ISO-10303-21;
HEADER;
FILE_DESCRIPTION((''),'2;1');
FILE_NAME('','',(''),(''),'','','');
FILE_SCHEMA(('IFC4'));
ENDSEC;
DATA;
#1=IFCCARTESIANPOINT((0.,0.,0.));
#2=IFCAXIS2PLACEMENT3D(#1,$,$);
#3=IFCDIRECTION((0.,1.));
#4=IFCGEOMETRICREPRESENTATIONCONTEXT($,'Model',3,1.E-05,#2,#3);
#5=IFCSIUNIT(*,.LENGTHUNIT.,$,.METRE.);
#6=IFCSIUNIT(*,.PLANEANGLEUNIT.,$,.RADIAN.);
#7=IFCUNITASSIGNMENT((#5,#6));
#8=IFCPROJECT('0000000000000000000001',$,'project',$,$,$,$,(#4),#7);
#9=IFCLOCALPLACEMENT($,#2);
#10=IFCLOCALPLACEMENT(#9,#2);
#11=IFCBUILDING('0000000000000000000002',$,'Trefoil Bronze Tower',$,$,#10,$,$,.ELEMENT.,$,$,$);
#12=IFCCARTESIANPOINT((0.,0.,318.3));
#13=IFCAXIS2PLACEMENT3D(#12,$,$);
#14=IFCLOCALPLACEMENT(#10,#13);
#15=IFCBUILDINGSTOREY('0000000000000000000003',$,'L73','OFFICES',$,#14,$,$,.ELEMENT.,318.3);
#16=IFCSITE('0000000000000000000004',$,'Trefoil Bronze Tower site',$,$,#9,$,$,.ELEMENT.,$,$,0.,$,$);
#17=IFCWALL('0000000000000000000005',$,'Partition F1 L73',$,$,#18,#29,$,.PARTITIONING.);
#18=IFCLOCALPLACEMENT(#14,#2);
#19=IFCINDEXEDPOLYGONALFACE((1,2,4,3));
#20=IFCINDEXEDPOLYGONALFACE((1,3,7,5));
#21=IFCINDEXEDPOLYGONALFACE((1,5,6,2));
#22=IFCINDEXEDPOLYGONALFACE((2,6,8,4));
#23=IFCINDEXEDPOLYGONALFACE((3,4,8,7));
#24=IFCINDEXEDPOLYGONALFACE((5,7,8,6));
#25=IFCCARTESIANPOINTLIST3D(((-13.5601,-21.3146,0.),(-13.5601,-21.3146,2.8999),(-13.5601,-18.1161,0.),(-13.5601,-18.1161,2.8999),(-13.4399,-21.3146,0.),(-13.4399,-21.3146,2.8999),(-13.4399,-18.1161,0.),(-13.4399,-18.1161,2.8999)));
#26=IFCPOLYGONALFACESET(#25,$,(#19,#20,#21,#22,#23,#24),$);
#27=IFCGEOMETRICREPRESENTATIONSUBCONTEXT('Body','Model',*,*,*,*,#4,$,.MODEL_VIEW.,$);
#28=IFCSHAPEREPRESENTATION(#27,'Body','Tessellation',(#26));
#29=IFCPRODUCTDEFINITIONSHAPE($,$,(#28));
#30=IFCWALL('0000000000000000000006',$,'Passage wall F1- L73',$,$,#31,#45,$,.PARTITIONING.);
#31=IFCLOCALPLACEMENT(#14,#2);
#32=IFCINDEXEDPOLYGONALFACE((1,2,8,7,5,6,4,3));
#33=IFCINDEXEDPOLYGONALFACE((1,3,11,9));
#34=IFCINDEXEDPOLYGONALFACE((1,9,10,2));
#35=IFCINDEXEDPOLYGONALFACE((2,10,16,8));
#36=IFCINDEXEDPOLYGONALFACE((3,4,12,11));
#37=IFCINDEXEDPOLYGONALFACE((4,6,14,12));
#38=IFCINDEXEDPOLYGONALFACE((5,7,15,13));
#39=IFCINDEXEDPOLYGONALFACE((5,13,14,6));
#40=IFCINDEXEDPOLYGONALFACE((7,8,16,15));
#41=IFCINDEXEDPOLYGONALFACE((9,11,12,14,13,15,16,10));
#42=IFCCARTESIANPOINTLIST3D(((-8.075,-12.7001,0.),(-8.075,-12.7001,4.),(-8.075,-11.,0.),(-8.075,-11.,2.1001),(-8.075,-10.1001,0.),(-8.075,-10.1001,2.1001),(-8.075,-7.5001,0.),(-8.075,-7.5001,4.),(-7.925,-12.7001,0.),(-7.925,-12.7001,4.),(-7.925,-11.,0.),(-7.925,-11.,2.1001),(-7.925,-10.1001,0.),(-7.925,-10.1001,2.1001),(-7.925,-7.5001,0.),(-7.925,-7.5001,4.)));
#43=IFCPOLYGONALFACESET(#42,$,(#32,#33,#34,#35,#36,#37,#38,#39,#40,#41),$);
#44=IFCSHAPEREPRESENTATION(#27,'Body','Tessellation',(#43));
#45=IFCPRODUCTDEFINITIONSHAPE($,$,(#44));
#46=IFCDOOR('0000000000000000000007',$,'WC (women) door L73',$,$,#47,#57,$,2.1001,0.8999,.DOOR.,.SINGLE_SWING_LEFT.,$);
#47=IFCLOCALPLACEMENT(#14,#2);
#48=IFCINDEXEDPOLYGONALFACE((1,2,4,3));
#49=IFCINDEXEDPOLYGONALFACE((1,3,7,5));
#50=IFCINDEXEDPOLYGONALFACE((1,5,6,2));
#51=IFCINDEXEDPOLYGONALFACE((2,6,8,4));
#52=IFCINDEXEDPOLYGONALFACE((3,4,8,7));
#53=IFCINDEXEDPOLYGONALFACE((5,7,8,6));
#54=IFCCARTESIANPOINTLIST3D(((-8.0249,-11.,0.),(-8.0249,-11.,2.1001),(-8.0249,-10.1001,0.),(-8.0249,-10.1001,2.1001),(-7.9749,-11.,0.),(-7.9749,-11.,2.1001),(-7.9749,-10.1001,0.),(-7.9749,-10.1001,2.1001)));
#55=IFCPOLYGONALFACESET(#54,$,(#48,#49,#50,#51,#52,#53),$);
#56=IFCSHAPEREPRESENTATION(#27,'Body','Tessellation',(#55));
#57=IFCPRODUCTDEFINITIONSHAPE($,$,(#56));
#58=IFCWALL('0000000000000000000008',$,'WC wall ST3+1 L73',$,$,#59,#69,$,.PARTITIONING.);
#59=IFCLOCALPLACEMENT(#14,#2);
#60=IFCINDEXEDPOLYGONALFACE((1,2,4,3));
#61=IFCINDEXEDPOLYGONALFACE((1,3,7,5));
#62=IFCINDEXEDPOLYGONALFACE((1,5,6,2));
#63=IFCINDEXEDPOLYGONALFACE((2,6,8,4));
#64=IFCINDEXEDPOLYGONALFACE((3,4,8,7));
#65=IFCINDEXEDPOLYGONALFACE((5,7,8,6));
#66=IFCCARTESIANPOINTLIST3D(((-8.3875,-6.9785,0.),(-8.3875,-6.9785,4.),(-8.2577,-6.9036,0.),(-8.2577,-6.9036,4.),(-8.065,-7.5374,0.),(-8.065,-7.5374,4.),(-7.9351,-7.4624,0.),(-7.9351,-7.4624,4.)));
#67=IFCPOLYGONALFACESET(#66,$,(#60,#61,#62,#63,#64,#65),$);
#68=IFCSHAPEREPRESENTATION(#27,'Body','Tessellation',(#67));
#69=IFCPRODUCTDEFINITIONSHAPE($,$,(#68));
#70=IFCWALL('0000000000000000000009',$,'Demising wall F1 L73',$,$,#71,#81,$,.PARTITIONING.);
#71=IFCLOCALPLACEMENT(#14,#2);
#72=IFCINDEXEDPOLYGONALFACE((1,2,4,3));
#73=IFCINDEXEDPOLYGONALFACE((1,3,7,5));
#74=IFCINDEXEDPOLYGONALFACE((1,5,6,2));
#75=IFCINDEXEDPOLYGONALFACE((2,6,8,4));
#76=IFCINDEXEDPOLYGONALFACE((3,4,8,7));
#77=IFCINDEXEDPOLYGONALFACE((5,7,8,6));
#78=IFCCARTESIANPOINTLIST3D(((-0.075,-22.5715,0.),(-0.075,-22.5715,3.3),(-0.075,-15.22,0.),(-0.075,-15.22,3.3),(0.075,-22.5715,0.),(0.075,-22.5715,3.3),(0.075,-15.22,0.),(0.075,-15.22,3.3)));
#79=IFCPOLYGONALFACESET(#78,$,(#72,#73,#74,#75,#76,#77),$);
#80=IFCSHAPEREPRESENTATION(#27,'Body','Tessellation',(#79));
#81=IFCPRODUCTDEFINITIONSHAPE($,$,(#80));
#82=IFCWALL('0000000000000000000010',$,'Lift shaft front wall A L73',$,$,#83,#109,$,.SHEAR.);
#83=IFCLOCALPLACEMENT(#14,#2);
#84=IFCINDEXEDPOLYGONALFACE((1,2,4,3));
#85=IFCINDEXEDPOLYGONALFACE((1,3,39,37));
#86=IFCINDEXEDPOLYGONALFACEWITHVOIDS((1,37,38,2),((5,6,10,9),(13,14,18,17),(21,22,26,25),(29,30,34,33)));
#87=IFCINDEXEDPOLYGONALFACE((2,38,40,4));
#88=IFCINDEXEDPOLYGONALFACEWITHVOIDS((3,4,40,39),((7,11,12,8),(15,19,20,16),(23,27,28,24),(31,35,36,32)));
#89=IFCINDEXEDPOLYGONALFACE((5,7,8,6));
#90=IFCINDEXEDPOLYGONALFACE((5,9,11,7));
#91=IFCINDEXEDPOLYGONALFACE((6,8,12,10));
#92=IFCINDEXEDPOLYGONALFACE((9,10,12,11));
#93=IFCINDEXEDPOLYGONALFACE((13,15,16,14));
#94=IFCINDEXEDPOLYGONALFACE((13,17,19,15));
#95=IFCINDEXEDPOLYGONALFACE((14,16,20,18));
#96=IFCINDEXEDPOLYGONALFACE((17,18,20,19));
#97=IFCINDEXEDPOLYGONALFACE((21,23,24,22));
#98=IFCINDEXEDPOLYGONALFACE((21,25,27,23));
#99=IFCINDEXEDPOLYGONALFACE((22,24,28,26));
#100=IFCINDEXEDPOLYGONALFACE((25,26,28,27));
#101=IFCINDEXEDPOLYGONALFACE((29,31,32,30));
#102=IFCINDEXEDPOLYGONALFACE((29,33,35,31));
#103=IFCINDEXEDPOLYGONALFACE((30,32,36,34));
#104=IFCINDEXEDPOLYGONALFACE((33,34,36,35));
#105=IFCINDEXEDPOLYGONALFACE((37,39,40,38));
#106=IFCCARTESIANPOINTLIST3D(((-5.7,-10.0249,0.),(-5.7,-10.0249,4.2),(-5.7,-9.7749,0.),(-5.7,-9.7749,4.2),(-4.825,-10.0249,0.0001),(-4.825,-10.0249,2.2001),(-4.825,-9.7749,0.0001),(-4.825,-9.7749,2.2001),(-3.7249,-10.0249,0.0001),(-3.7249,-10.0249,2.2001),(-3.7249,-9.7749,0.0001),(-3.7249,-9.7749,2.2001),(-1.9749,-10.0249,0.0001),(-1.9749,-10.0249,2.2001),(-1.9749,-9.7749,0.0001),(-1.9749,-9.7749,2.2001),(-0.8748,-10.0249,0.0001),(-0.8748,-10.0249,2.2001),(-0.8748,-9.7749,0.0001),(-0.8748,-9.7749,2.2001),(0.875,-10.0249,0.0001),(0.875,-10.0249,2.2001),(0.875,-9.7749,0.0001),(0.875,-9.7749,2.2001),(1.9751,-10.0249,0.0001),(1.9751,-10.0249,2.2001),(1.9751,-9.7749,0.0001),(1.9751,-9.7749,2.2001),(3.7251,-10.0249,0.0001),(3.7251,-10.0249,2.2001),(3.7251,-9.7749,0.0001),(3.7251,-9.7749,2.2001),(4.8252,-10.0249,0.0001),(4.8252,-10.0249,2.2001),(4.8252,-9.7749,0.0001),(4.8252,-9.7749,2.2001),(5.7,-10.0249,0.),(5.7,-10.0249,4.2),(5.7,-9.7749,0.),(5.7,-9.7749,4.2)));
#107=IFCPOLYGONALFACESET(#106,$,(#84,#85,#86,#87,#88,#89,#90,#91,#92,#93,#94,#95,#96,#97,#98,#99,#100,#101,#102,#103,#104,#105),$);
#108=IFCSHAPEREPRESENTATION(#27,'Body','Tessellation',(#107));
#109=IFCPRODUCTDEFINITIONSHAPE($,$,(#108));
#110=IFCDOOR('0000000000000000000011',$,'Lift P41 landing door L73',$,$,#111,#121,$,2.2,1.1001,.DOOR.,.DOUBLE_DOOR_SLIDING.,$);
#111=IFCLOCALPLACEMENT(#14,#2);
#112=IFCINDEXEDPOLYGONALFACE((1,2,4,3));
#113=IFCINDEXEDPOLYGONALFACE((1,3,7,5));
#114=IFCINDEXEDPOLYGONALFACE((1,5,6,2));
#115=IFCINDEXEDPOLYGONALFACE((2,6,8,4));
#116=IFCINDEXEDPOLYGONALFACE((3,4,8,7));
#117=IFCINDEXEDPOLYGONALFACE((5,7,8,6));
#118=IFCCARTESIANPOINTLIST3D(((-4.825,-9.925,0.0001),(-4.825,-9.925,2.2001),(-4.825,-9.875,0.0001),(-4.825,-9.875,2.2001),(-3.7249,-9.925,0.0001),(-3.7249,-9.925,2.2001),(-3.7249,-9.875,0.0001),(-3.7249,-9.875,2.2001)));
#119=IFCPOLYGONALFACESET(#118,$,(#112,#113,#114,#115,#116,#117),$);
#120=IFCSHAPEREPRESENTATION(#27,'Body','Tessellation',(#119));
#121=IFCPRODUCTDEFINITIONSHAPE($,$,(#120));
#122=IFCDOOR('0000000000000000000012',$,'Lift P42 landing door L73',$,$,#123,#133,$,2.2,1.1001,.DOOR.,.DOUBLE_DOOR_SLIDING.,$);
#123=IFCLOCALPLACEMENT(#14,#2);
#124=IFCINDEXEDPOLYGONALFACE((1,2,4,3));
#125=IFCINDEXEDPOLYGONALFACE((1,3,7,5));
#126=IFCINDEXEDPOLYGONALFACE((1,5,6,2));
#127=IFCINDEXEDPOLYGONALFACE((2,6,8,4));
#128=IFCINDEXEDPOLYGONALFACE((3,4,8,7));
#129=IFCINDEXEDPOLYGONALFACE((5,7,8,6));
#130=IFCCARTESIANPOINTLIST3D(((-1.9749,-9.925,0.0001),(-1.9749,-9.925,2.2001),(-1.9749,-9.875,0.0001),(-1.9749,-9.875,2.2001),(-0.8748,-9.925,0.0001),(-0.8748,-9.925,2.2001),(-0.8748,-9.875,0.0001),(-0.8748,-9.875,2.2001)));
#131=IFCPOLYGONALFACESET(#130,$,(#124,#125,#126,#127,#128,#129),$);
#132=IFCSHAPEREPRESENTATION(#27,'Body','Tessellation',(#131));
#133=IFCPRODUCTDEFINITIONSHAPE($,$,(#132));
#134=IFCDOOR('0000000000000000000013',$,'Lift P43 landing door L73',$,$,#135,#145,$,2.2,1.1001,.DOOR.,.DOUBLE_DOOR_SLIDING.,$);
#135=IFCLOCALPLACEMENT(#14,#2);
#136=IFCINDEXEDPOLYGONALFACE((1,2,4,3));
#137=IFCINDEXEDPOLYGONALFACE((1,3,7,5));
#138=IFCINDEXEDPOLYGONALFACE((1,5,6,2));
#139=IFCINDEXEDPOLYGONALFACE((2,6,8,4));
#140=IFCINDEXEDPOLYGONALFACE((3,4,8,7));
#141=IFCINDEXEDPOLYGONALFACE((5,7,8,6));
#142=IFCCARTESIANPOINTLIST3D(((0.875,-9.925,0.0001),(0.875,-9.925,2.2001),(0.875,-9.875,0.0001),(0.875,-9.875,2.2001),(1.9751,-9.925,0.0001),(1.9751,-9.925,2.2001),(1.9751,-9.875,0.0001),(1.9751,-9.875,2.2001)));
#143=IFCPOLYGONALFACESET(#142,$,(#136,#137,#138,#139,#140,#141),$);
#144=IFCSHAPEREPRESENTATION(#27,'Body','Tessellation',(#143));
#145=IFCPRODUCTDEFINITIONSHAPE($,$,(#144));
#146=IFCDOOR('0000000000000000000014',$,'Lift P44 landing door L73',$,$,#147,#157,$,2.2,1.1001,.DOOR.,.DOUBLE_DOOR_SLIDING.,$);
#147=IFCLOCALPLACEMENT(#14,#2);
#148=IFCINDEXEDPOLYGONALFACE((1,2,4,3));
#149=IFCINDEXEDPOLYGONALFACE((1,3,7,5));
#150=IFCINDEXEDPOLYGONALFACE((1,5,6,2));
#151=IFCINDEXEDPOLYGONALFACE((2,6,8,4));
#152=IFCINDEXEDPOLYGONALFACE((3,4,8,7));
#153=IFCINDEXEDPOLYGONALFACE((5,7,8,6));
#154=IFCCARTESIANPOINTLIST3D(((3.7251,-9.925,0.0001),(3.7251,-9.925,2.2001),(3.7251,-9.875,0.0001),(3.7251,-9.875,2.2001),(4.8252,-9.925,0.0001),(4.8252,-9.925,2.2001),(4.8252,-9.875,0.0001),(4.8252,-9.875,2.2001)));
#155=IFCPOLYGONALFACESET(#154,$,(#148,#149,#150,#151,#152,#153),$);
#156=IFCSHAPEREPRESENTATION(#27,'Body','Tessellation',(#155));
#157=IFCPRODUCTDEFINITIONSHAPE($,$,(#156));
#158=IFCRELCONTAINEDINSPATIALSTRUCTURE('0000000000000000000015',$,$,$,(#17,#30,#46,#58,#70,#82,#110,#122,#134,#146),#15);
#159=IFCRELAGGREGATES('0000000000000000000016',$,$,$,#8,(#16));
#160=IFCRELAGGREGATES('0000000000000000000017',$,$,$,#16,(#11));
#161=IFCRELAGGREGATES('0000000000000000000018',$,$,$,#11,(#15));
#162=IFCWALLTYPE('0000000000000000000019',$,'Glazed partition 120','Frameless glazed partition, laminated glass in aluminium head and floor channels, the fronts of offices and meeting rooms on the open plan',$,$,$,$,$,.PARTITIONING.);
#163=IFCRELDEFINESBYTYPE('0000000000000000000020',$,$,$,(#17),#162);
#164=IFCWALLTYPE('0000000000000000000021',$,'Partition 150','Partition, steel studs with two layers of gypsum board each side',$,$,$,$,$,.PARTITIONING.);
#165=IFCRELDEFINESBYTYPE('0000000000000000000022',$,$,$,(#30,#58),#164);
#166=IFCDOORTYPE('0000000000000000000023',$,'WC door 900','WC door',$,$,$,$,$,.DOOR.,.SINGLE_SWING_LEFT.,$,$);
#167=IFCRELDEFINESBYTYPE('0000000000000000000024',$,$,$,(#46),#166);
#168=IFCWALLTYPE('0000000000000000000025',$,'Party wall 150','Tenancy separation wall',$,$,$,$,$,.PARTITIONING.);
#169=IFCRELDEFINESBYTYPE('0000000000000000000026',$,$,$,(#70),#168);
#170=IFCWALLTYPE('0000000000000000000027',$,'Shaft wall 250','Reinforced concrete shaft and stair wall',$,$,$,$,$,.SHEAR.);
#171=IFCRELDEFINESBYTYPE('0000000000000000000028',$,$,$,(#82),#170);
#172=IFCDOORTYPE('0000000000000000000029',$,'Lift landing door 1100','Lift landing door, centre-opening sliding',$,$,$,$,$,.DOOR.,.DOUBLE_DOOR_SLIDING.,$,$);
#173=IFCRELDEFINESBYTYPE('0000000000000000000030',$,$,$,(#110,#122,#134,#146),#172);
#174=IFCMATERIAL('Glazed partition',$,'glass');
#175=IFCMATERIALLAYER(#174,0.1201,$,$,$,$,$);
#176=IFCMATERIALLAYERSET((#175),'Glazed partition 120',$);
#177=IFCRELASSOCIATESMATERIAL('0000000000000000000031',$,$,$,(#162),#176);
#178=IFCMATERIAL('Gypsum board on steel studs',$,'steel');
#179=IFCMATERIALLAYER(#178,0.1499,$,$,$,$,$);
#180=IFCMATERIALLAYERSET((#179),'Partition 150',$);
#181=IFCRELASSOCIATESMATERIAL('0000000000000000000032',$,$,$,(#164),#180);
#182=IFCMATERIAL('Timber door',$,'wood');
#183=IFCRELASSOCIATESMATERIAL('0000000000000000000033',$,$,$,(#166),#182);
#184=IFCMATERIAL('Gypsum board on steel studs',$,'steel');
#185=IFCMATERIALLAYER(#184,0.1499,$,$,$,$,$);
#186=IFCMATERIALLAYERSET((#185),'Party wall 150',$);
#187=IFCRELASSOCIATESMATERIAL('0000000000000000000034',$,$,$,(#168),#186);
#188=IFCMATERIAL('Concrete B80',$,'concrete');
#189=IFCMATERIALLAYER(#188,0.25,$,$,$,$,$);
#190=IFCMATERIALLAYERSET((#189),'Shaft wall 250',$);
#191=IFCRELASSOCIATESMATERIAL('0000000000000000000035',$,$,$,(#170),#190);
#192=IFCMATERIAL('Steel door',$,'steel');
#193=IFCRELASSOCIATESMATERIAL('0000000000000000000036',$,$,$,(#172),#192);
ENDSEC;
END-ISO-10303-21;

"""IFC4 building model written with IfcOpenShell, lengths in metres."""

from ifc_helpers import new_model, si_unit, direction, frame, frame_2d, origin, place, context, subcontext, project, spatial, rectangle, extrude, material, layer, layer_set, type_object, element, fill, save


model = new_model("IFC4")

# Units and contexts
model_context = context("Model", 3, precision=1e-05, world=origin(), true_north=direction((0.0, 1.0)))
body_context = subcontext(model_context, "Body", "Model", "MODEL_VIEW")
ifc_project = project(units=[si_unit("LENGTHUNIT", "METRE"), si_unit("PLANEANGLEUNIT", "RADIAN")], contexts=[model_context])

# Site, building, storey
site_placement = place(None, origin())
site = spatial("IfcSite", under=ifc_project, at=site_placement, Name="Trefoil Bronze Tower site", CompositionType="ELEMENT", RefElevation=0.0)
building_placement = place(site_placement, origin())
building = spatial("IfcBuilding", under=site, at=building_placement, Name="Trefoil Bronze Tower", CompositionType="ELEMENT")
storey_placement = place(building_placement, frame((0.0, 0.0, 318.3)))
storey = spatial("IfcBuildingStorey", under=building, at=storey_placement, Name="L73", Description="OFFICES", CompositionType="ELEMENT", Elevation=318.3)

# Wall
ifc_material_1 = material(Name="Glazed partition", Category="glass")
ifc_layer_1 = layer(ifc_material_1, 0.1201)
ifc_layer_set_1 = layer_set([ifc_layer_1], Name="Glazed partition 120")
wall_type_1 = type_object("IfcWallType", Name="Glazed partition 120", Description="Frameless glazed partition, laminated glass in aluminium head and floor channels, the fronts of offices and meeting rooms on the open plan", PredefinedType="PARTITIONING", material=ifc_layer_set_1)
wall_1_placement = place(storey_placement, frame((-13.5, -18.1162, 0.0), z_axis=(0.0, 0.0, 1.0), x_axis=(0.0, -1.0, 0.0)))
element("IfcWall", 1, at=wall_1_placement, inside=storey, type_object=wall_type_1, Name="Partition F1 L73", PredefinedType="PARTITIONING", context=body_context, shape_type="SweptSolid", body=[
    extrude(rectangle(XDim=3.1985, YDim=0.1201, at=frame_2d((1.5991, 0.0))), origin(), (0.0, 0.0, 1.0), 2.8999),
])

# Wall, opening, door
ifc_material_2 = material(Name="Gypsum board on steel studs", Category="steel")
ifc_layer_2 = layer(ifc_material_2, 0.1499)
ifc_layer_set_2 = layer_set([ifc_layer_2], Name="Partition 150")
wall_type_2 = type_object("IfcWallType", Name="Partition 150", Description="Partition, steel studs with two layers of gypsum board each side", PredefinedType="PARTITIONING", material=ifc_layer_set_2)
wall_2_placement = place(storey_placement, frame((-8.0, -7.5, 0.0), z_axis=(0.0, 0.0, 1.0), x_axis=(0.0, -1.0, 0.0)))
wall_2 = element("IfcWall", 2, at=wall_2_placement, inside=storey, type_object=wall_type_2, Name="Passage wall F1- L73", PredefinedType="PARTITIONING", context=body_context, shape_type="SweptSolid", body=[
    extrude(rectangle(XDim=5.2, YDim=0.1499, at=frame_2d((2.6001, 0.0))), origin(), (0.0, 0.0, 1.0), 4.0),
])
opening_1_placement = place(wall_2_placement, frame((2.6001, 0.0, 0.0)))
opening_1 = element("IfcOpeningElement", 3, at=opening_1_placement, cuts=wall_2, PredefinedType="OPENING", context=body_context, shape_type="SweptSolid", body=[
    extrude(rectangle(XDim=0.8999, YDim=2.1001, at=frame_2d((0.45, 1.05))), frame((0.0, 0.085, 0.0), z_axis=(0.0, -1.0, 0.0), x_axis=(1.0, 0.0, 0.0)), (0.0, 0.0, 1.0), 0.1699),
])
ifc_material_3 = material(Name="Timber door", Category="wood")
door_type_1 = type_object("IfcDoorType", Name="WC door 900", Description="WC door", OperationType="SINGLE_SWING_LEFT", PredefinedType="DOOR", material=ifc_material_3)
door_1_placement = place(opening_1_placement, frame((0.8999, 0.0, 0.0), z_axis=(0.0, 0.0, 1.0), x_axis=(-1.0, 0.0, 0.0)))
door_1 = element("IfcDoor", 4, at=door_1_placement, inside=storey, type_object=door_type_1, Name="WC (women) door L73", OperationType="SINGLE_SWING_LEFT", OverallHeight=2.1001, OverallWidth=0.8999, PredefinedType="DOOR", context=body_context, shape_type="SweptSolid", body=[
    extrude(rectangle(XDim=0.8999, YDim=2.1001, at=frame_2d((0.45, 1.05))), frame((0.0, 0.0249, 0.0), z_axis=(0.0, -1.0, 0.0), x_axis=(1.0, 0.0, 0.0)), (0.0, 0.0, 1.0), 0.05),
])
fill(opening_1, door_1)

# Walls
wall_3_placement = place(storey_placement, frame((-8.0, -7.5, 0.0), z_axis=(0.0, 0.0, 1.0), x_axis=(-0.499843, 0.866116, 0.0)))
element("IfcWall", 5, at=wall_3_placement, inside=storey, type_object=wall_type_2, Name="WC wall ST3+1 L73", PredefinedType="PARTITIONING", context=body_context, shape_type="SweptSolid", body=[
    extrude(rectangle(XDim=0.6453, YDim=0.1499, at=frame_2d((0.3228, 0.0))), origin(), (0.0, 0.0, 1.0), 4.0),
])
ifc_material_4 = material(Name="Gypsum board on steel studs", Category="steel")
ifc_layer_3 = layer(ifc_material_4, 0.1499)
ifc_layer_set_3 = layer_set([ifc_layer_3], Name="Party wall 150")
wall_type_3 = type_object("IfcWallType", Name="Party wall 150", Description="Tenancy separation wall", PredefinedType="PARTITIONING", material=ifc_layer_set_3)
wall_4_placement = place(storey_placement, frame((0.0, -15.22, 0.0), z_axis=(0.0, 0.0, 1.0), x_axis=(0.0, -1.0, 0.0)))
element("IfcWall", 6, at=wall_4_placement, inside=storey, type_object=wall_type_3, Name="Demising wall F1 L73", PredefinedType="PARTITIONING", context=body_context, shape_type="SweptSolid", body=[
    extrude(rectangle(XDim=7.3516, YDim=0.1499, at=frame_2d((3.6758, 0.0))), origin(), (0.0, 0.0, 1.0), 3.3),
])

# Wall, openings, doors
ifc_material_5 = material(Name="Concrete B80", Category="concrete")
ifc_layer_4 = layer(ifc_material_5, 0.25)
ifc_layer_set_4 = layer_set([ifc_layer_4], Name="Shaft wall 250")
wall_type_4 = type_object("IfcWallType", Name="Shaft wall 250", Description="Reinforced concrete shaft and stair wall", PredefinedType="SHEAR", material=ifc_layer_set_4)
wall_5_placement = place(storey_placement, frame((-5.7, -9.8999, 0.0), z_axis=(0.0, 0.0, 1.0), x_axis=(1.0, 0.0, 0.0)))
wall_5 = element("IfcWall", 7, at=wall_5_placement, inside=storey, type_object=wall_type_4, Name="Lift shaft front wall A L73", PredefinedType="SHEAR", context=body_context, shape_type="SweptSolid", body=[
    extrude(rectangle(XDim=11.3999, YDim=0.25, at=frame_2d((5.7, 0.0))), origin(), (0.0, 0.0, 1.0), 4.2),
])
opening_2_placement = place(wall_5_placement, frame((0.875, 0.0, 0.0)))
opening_2 = element("IfcOpeningElement", 8, at=opening_2_placement, cuts=wall_5, PredefinedType="OPENING", context=body_context, shape_type="SweptSolid", body=[
    extrude(rectangle(XDim=1.1001, YDim=2.2, at=frame_2d((0.55, 1.1001))), frame((0.0, 0.135, 0.0), z_axis=(0.0, -1.0, 0.0), x_axis=(1.0, 0.0, 0.0)), (0.0, 0.0, 1.0), 0.27),
])
opening_3_placement = place(wall_5_placement, frame((3.7251, 0.0, 0.0)))
opening_3 = element("IfcOpeningElement", 9, at=opening_3_placement, cuts=wall_5, PredefinedType="OPENING", context=body_context, shape_type="SweptSolid", body=[
    extrude(rectangle(XDim=1.1001, YDim=2.2, at=frame_2d((0.55, 1.1001))), frame((0.0, 0.135, 0.0), z_axis=(0.0, -1.0, 0.0), x_axis=(1.0, 0.0, 0.0)), (0.0, 0.0, 1.0), 0.27),
])
opening_4_placement = place(wall_5_placement, frame((6.575, 0.0, 0.0)))
opening_4 = element("IfcOpeningElement", 10, at=opening_4_placement, cuts=wall_5, PredefinedType="OPENING", context=body_context, shape_type="SweptSolid", body=[
    extrude(rectangle(XDim=1.1001, YDim=2.2, at=frame_2d((0.55, 1.1001))), frame((0.0, 0.135, 0.0), z_axis=(0.0, -1.0, 0.0), x_axis=(1.0, 0.0, 0.0)), (0.0, 0.0, 1.0), 0.27),
])
opening_5_placement = place(wall_5_placement, frame((9.425, 0.0, 0.0)))
opening_5 = element("IfcOpeningElement", 11, at=opening_5_placement, cuts=wall_5, PredefinedType="OPENING", context=body_context, shape_type="SweptSolid", body=[
    extrude(rectangle(XDim=1.1001, YDim=2.2, at=frame_2d((0.55, 1.1001))), frame((0.0, 0.135, 0.0), z_axis=(0.0, -1.0, 0.0), x_axis=(1.0, 0.0, 0.0)), (0.0, 0.0, 1.0), 0.27),
])
ifc_material_6 = material(Name="Steel door", Category="steel")
door_type_2 = type_object("IfcDoorType", Name="Lift landing door 1100", Description="Lift landing door, centre-opening sliding", OperationType="DOUBLE_DOOR_SLIDING", PredefinedType="DOOR", material=ifc_material_6)
door_2_placement = place(opening_2_placement, origin())
door_2 = element("IfcDoor", 12, at=door_2_placement, inside=storey, type_object=door_type_2, Name="Lift P41 landing door L73", OperationType="DOUBLE_DOOR_SLIDING", OverallHeight=2.2, OverallWidth=1.1001, PredefinedType="DOOR", context=body_context, shape_type="SweptSolid", body=[
    extrude(rectangle(XDim=1.1001, YDim=2.2, at=frame_2d((0.55, 1.1001))), frame((0.0, 0.0249, 0.0), z_axis=(0.0, -1.0, 0.0), x_axis=(1.0, 0.0, 0.0)), (0.0, 0.0, 1.0), 0.05),
])
fill(opening_2, door_2)
door_3_placement = place(opening_3_placement, origin())
door_3 = element("IfcDoor", 13, at=door_3_placement, inside=storey, type_object=door_type_2, Name="Lift P42 landing door L73", OperationType="DOUBLE_DOOR_SLIDING", OverallHeight=2.2, OverallWidth=1.1001, PredefinedType="DOOR", context=body_context, shape_type="SweptSolid", body=[
    extrude(rectangle(XDim=1.1001, YDim=2.2, at=frame_2d((0.55, 1.1001))), frame((0.0, 0.0249, 0.0), z_axis=(0.0, -1.0, 0.0), x_axis=(1.0, 0.0, 0.0)), (0.0, 0.0, 1.0), 0.05),
])
fill(opening_3, door_3)
door_4_placement = place(opening_4_placement, origin())
door_4 = element("IfcDoor", 14, at=door_4_placement, inside=storey, type_object=door_type_2, Name="Lift P43 landing door L73", OperationType="DOUBLE_DOOR_SLIDING", OverallHeight=2.2, OverallWidth=1.1001, PredefinedType="DOOR", context=body_context, shape_type="SweptSolid", body=[
    extrude(rectangle(XDim=1.1001, YDim=2.2, at=frame_2d((0.55, 1.1001))), frame((0.0, 0.0249, 0.0), z_axis=(0.0, -1.0, 0.0), x_axis=(1.0, 0.0, 0.0)), (0.0, 0.0, 1.0), 0.05),
])
fill(opening_4, door_4)
door_5_placement = place(opening_5_placement, origin())
door_5 = element("IfcDoor", 15, at=door_5_placement, inside=storey, type_object=door_type_2, Name="Lift P44 landing door L73", OperationType="DOUBLE_DOOR_SLIDING", OverallHeight=2.2, OverallWidth=1.1001, PredefinedType="DOOR", context=body_context, shape_type="SweptSolid", body=[
    extrude(rectangle(XDim=1.1001, YDim=2.2, at=frame_2d((0.55, 1.1001))), frame((0.0, 0.0249, 0.0), z_axis=(0.0, -1.0, 0.0), x_axis=(1.0, 0.0, 0.0)), (0.0, 0.0, 1.0), 0.05),
])
fill(opening_5, door_5)

save(model, "model.ifc")
